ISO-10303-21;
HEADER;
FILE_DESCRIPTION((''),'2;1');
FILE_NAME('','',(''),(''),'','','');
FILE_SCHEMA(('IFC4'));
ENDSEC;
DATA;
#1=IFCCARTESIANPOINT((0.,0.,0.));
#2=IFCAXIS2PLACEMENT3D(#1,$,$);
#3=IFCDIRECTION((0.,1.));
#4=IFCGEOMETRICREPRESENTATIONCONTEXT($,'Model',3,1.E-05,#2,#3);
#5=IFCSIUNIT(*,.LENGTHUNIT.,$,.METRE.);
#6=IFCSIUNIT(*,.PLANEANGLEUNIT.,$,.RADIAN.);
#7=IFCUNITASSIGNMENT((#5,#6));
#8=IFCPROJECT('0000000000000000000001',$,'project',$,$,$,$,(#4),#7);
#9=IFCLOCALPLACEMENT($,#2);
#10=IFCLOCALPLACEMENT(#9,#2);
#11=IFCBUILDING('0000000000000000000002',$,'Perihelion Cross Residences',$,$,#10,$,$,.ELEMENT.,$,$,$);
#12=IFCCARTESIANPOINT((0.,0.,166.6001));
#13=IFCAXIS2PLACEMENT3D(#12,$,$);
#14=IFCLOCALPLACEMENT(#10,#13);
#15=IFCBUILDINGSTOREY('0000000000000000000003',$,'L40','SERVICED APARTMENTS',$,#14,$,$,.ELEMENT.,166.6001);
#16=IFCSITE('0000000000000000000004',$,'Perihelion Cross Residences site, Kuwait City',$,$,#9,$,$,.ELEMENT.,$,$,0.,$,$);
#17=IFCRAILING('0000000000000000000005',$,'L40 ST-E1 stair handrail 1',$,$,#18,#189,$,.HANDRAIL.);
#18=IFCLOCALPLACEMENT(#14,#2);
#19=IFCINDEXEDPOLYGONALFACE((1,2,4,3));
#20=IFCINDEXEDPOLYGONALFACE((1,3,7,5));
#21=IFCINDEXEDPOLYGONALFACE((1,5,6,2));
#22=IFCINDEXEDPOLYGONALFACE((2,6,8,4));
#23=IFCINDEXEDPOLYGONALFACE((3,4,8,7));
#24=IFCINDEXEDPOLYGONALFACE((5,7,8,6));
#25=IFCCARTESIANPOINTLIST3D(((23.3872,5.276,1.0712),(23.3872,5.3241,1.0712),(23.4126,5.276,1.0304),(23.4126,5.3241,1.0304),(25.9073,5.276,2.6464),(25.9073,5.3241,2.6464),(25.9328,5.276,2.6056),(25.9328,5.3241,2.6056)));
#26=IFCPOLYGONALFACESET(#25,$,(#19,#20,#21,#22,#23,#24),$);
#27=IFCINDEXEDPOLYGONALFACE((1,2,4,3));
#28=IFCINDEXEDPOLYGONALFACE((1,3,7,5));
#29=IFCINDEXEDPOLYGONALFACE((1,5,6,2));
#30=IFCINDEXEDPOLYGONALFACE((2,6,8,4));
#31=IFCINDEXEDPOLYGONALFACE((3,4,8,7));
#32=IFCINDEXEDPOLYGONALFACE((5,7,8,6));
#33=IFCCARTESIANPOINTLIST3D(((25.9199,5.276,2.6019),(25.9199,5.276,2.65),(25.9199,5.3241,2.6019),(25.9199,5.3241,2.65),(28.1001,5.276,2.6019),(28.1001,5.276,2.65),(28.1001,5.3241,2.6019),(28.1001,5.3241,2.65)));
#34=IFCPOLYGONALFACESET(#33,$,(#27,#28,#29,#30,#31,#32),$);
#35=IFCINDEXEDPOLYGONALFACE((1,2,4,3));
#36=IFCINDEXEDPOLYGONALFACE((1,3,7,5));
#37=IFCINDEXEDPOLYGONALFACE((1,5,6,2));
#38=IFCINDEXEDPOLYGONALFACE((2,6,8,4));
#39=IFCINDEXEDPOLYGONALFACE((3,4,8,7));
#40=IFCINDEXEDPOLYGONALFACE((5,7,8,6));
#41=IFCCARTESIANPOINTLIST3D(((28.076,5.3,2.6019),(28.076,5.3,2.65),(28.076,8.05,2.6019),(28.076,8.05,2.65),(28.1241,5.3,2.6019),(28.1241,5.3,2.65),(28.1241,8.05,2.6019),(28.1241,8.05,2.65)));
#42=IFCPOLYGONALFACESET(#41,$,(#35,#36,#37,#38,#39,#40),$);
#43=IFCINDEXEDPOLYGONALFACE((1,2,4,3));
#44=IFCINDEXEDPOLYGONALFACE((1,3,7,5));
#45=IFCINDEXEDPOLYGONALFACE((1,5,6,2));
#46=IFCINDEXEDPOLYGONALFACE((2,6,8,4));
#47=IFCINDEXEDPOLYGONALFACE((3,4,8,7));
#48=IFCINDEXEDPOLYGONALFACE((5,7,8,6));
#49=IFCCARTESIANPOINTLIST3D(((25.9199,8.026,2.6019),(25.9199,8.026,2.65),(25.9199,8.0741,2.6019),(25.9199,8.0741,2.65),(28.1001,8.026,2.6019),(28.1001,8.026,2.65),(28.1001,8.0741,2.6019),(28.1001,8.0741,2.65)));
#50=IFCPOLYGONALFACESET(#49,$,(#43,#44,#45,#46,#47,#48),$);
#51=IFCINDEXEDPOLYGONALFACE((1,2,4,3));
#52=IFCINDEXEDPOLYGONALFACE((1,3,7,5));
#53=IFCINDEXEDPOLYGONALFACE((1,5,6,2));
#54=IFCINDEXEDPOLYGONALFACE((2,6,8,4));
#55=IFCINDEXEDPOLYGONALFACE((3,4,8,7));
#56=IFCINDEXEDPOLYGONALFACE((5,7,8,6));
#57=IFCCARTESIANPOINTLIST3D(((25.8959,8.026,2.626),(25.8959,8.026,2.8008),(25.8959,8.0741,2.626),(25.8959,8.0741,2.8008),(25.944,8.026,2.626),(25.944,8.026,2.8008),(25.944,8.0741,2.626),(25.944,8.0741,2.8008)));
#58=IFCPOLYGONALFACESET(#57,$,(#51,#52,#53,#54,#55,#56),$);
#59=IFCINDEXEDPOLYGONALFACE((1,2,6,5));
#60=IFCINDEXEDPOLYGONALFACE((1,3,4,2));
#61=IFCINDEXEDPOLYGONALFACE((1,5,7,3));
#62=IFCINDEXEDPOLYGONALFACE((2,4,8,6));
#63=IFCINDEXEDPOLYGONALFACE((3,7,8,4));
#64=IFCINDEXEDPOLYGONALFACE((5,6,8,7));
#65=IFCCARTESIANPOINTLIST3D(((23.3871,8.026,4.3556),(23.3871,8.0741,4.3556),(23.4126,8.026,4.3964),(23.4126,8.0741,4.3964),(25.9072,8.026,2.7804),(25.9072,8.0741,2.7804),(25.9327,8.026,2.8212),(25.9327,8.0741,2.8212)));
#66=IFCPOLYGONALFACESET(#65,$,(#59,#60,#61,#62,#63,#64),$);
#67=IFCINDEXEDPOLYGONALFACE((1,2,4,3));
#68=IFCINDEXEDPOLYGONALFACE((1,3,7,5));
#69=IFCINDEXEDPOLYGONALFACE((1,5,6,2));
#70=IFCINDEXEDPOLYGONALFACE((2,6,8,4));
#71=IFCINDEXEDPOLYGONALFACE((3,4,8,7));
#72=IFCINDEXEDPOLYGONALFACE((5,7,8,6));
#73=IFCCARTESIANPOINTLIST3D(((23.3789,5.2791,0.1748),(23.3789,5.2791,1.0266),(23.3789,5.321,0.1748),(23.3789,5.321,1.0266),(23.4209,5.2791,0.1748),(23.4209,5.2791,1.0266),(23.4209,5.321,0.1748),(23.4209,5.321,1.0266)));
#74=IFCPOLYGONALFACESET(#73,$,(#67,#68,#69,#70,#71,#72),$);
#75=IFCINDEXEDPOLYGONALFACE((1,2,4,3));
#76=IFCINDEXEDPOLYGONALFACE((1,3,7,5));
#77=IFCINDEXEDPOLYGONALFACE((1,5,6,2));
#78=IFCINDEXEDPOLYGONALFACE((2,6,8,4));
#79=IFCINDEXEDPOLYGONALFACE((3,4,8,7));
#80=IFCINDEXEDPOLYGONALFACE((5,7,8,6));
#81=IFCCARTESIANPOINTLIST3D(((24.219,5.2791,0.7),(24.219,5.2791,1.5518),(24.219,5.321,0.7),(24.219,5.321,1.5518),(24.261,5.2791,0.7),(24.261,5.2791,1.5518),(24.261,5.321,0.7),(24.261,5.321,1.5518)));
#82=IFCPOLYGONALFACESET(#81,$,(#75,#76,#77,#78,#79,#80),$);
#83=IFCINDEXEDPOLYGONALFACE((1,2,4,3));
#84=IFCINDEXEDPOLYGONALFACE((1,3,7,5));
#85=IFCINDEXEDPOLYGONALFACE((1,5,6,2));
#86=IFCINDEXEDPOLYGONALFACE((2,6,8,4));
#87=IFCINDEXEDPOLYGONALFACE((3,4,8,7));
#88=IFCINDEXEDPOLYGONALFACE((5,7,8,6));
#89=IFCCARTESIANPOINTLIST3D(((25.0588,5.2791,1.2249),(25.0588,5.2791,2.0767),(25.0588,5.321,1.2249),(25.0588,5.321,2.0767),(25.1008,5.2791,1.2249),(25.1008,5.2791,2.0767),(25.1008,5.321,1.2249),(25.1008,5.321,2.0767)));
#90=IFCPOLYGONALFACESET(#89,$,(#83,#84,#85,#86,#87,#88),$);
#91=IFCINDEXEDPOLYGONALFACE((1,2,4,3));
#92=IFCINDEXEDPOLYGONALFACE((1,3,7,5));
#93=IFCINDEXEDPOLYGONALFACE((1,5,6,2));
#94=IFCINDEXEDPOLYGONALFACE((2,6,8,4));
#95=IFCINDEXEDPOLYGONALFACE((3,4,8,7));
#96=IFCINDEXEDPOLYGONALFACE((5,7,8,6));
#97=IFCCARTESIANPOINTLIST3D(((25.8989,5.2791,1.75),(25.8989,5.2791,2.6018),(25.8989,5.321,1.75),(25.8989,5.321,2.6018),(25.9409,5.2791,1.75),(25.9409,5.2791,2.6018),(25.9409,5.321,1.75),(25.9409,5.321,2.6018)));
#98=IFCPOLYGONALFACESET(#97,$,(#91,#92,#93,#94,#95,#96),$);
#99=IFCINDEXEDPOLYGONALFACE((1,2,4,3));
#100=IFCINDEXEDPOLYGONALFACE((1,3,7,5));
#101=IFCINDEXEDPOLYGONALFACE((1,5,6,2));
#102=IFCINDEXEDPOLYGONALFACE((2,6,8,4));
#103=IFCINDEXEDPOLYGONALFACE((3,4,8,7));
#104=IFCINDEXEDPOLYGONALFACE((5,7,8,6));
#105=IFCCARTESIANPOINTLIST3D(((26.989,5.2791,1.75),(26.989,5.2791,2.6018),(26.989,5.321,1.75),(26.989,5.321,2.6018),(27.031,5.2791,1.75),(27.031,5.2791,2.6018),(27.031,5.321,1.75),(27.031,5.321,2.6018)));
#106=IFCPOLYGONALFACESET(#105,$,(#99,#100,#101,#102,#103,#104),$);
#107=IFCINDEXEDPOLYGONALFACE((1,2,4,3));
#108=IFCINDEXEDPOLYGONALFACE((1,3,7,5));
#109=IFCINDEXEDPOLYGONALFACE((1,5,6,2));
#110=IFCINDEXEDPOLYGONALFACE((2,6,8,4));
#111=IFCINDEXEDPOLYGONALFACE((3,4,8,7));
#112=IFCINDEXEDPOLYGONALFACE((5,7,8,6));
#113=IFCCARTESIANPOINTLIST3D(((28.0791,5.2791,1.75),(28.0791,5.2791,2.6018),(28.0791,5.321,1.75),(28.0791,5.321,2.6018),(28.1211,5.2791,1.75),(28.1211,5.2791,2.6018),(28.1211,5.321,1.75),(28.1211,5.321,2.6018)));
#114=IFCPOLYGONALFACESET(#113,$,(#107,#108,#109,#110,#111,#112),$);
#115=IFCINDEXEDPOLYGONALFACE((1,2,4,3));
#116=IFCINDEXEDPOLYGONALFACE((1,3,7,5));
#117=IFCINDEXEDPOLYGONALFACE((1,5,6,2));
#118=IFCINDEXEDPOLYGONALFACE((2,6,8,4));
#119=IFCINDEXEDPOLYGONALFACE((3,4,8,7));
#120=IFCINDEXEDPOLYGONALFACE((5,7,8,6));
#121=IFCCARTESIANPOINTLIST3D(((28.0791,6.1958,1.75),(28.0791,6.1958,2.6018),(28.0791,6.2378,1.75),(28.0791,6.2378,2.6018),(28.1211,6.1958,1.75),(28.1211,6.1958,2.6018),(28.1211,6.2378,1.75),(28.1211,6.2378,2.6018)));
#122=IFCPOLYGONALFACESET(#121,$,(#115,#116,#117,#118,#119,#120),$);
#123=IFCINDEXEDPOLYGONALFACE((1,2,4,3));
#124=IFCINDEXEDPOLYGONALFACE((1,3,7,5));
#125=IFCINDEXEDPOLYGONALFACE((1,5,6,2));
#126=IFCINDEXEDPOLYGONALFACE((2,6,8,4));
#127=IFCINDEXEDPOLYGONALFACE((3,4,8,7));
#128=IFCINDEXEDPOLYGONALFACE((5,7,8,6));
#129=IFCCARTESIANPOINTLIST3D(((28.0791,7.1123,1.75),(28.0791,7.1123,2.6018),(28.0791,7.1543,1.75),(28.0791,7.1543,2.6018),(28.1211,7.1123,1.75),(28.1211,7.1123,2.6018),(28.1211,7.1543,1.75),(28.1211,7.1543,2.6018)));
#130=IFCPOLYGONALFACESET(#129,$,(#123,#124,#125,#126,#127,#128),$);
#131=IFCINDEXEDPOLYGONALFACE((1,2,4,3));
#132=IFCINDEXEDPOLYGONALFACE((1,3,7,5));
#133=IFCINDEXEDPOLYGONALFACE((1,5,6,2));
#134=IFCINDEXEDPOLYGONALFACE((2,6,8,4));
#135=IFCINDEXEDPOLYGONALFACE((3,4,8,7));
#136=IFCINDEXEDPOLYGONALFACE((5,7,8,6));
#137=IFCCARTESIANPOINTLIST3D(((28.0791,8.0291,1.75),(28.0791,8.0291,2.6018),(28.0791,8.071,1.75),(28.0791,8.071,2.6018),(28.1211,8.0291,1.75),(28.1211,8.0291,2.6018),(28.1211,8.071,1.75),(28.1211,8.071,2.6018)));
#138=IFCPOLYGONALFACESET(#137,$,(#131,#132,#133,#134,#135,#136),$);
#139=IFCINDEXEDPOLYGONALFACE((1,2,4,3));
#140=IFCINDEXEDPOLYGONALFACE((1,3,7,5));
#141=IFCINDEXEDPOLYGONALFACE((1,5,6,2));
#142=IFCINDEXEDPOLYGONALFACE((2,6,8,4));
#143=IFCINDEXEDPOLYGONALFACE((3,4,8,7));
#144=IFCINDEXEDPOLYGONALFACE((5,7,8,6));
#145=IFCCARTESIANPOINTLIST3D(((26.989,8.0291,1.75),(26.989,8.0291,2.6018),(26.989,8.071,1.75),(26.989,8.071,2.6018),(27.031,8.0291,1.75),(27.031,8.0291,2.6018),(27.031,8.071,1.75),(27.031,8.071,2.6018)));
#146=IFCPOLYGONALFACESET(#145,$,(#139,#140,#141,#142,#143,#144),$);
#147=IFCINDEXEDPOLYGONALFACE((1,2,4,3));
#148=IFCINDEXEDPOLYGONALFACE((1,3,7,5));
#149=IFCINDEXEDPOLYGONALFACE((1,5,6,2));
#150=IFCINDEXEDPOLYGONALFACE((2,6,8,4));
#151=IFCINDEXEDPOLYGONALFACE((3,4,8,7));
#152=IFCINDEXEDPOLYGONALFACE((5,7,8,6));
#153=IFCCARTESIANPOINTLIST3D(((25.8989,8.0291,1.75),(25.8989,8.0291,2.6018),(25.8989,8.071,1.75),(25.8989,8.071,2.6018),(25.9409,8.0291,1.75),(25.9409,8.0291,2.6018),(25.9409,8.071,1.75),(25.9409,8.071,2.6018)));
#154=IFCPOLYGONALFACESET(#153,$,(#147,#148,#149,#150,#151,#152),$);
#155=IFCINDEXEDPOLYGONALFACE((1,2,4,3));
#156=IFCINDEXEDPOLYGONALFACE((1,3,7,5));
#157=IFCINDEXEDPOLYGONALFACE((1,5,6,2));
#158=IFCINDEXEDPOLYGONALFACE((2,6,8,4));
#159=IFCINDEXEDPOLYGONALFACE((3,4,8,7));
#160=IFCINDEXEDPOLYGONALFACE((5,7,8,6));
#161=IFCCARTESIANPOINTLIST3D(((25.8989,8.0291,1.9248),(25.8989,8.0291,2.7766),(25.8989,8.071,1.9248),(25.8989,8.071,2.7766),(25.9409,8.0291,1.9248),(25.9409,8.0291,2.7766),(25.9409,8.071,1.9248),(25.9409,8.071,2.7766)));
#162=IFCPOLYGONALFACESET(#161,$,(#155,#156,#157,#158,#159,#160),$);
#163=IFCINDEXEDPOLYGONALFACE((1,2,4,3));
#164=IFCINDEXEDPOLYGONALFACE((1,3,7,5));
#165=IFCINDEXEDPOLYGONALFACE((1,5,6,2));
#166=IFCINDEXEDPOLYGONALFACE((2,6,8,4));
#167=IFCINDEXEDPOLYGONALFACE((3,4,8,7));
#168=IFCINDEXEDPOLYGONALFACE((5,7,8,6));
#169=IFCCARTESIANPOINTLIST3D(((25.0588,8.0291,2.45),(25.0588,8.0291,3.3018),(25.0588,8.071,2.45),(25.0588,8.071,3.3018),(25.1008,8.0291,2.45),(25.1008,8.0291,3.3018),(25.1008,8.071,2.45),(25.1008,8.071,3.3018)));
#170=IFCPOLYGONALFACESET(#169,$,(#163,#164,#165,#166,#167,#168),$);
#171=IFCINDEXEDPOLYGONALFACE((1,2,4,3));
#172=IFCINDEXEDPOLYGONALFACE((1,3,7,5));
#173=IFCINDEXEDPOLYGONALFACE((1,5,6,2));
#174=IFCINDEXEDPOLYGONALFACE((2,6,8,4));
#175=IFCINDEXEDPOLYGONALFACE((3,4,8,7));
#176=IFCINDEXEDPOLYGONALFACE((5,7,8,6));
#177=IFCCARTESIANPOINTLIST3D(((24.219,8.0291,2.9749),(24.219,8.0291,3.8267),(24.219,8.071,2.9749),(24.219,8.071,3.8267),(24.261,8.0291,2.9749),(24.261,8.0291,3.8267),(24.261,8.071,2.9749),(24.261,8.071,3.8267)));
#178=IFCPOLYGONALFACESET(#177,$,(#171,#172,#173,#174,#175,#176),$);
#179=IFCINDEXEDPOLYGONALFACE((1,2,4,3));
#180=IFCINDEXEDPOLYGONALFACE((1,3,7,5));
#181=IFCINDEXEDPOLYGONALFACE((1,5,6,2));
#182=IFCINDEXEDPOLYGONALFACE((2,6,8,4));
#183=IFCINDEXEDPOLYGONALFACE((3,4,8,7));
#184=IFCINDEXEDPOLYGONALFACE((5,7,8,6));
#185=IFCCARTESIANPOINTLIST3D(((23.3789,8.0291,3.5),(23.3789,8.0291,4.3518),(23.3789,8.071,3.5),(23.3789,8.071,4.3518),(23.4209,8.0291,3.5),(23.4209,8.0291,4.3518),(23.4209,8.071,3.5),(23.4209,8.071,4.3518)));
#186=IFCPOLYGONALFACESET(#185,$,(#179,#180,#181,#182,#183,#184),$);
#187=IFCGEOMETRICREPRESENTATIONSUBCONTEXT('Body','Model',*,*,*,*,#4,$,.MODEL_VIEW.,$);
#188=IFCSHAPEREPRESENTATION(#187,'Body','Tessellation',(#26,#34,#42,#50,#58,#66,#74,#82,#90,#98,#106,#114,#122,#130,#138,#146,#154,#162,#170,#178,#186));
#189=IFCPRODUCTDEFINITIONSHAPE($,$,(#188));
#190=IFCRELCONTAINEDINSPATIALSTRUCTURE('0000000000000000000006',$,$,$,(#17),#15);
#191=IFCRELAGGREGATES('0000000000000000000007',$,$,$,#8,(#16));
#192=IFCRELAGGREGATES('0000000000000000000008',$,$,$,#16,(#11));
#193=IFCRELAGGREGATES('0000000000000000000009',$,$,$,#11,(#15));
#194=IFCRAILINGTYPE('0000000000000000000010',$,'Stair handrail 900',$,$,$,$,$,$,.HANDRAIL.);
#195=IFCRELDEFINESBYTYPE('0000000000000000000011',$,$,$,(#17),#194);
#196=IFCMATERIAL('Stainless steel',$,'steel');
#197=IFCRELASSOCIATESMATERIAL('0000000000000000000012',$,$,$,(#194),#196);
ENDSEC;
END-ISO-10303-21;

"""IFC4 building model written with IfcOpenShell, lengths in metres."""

from ifc_helpers import new_model, si_unit, direction, frame, origin, origin_2d, place, context, subcontext, project, spatial, rectangle, extrude, material, type_object, element, save


model = new_model("IFC4")

# Units and contexts
model_context = context("Model", 3, precision=1e-05, world=origin(), true_north=direction((0.0, 1.0)))
body_context = subcontext(model_context, "Body", "Model", "MODEL_VIEW")
ifc_project = project(units=[si_unit("LENGTHUNIT", "METRE"), si_unit("PLANEANGLEUNIT", "RADIAN")], contexts=[model_context])

# Site, building, storey
site_placement = place(None, origin())
site = spatial("IfcSite", under=ifc_project, at=site_placement, Name="Perihelion Cross Residences site, Kuwait City", CompositionType="ELEMENT", RefElevation=0.0)
building_placement = place(site_placement, origin())
building = spatial("IfcBuilding", under=site, at=building_placement, Name="Perihelion Cross Residences", CompositionType="ELEMENT")
storey_placement = place(building_placement, frame((0.0, 0.0, 166.6001)))
storey = spatial("IfcBuildingStorey", under=building, at=storey_placement, Name="L40", Description="SERVICED APARTMENTS", CompositionType="ELEMENT", Elevation=166.6001)

# Railing
ifc_material_1 = material(Name="Stainless steel", Category="steel")
railing_type_1 = type_object("IfcRailingType", Name="Stair handrail 900", PredefinedType="HANDRAIL", material=ifc_material_1)
railing_1_placement = place(storey_placement, frame((23.3999, 5.3, 0.1748)))
element("IfcRailing", 1, at=railing_1_placement, inside=storey, type_object=railing_type_1, Name="L40 ST-E1 stair handrail 1", PredefinedType="HANDRAIL", context=body_context, shape_type="SweptSolid", body=[
    extrude(rectangle(XDim=0.0481, YDim=0.0481, at=origin_2d()), frame((0.0, 0.0, 0.876), z_axis=(0.847971, 0.0, 0.530043), x_axis=(0.0, 1.0, 0.0)), (0.0, 0.0, 1.0), 2.9719),
    extrude(rectangle(XDim=0.0481, YDim=0.0481, at=origin_2d()), frame((2.52, 0.0, 2.4512), z_axis=(1.0, 0.0, 0.0), x_axis=(0.0, 1.0, 0.0)), (0.0, 0.0, 1.0), 2.1802),
    extrude(rectangle(XDim=0.0481, YDim=0.0481, at=origin_2d()), frame((4.7002, 0.0, 2.4512), z_axis=(0.0, 1.0, 0.0), x_axis=(-1.0, 0.0, 0.0)), (0.0, 0.0, 1.0), 2.75),
    extrude(rectangle(XDim=0.0481, YDim=0.0481, at=origin_2d()), frame((4.7002, 2.75, 2.4512), z_axis=(-1.0, 0.0, 0.0), x_axis=(0.0, -1.0, 0.0)), (0.0, 0.0, 1.0), 2.1802),
    extrude(rectangle(XDim=0.0481, YDim=0.0481, at=origin_2d()), frame((2.52, 2.75, 2.4512), z_axis=(0.0, 0.0, 1.0), x_axis=(1.0, 0.0, 0.0)), (0.0, 0.0, 1.0), 0.1748),
    extrude(rectangle(XDim=0.0481, YDim=0.0481, at=origin_2d()), frame((2.52, 2.75, 2.626), z_axis=(-0.847971, 0.0, 0.530043), x_axis=(0.0, -1.0, 0.0)), (0.0, 0.0, 1.0), 2.9719),
    extrude(rectangle(XDim=0.042, YDim=0.042, at=origin_2d()), origin(), (0.0, 0.0, 1.0), 0.8518),
    extrude(rectangle(XDim=0.042, YDim=0.042, at=origin_2d()), frame((0.8401, 0.0, 0.5251)), (0.0, 0.0, 1.0), 0.8518),
    extrude(rectangle(XDim=0.042, YDim=0.042, at=origin_2d()), frame((1.6799, 0.0, 1.05)), (0.0, 0.0, 1.0), 0.8518),
    extrude(rectangle(XDim=0.042, YDim=0.042, at=origin_2d()), frame((2.52, 0.0, 1.5752)), (0.0, 0.0, 1.0), 0.8518),
    extrude(rectangle(XDim=0.042, YDim=0.042, at=origin_2d()), frame((3.6101, 0.0, 1.5752)), (0.0, 0.0, 1.0), 0.8518),
    extrude(rectangle(XDim=0.042, YDim=0.042, at=origin_2d()), frame((4.7002, 0.0, 1.5752)), (0.0, 0.0, 1.0), 0.8518),
    extrude(rectangle(XDim=0.042, YDim=0.042, at=origin_2d()), frame((4.7002, 0.9167, 1.5752)), (0.0, 0.0, 1.0), 0.8518),
    extrude(rectangle(XDim=0.042, YDim=0.042, at=origin_2d()), frame((4.7002, 1.8333, 1.5752)), (0.0, 0.0, 1.0), 0.8518),
    extrude(rectangle(XDim=0.042, YDim=0.042, at=origin_2d()), frame((4.7002, 2.75, 1.5752)), (0.0, 0.0, 1.0), 0.8518),
    extrude(rectangle(XDim=0.042, YDim=0.042, at=origin_2d()), frame((3.6101, 2.75, 1.5752)), (0.0, 0.0, 1.0), 0.8518),
    extrude(rectangle(XDim=0.042, YDim=0.042, at=origin_2d()), frame((2.52, 2.75, 1.5752)), (0.0, 0.0, 1.0), 0.8518),
    extrude(rectangle(XDim=0.042, YDim=0.042, at=origin_2d()), frame((2.52, 2.75, 1.75)), (0.0, 0.0, 1.0), 0.8518),
    extrude(rectangle(XDim=0.042, YDim=0.042, at=origin_2d()), frame((1.6799, 2.75, 2.2751)), (0.0, 0.0, 1.0), 0.8518),
    extrude(rectangle(XDim=0.042, YDim=0.042, at=origin_2d()), frame((0.8401, 2.75, 2.8)), (0.0, 0.0, 1.0), 0.8518),
    extrude(rectangle(XDim=0.042, YDim=0.042, at=origin_2d()), frame((0.0, 2.75, 3.3252)), (0.0, 0.0, 1.0), 0.8518),
])

save(model, "model.ifc")
